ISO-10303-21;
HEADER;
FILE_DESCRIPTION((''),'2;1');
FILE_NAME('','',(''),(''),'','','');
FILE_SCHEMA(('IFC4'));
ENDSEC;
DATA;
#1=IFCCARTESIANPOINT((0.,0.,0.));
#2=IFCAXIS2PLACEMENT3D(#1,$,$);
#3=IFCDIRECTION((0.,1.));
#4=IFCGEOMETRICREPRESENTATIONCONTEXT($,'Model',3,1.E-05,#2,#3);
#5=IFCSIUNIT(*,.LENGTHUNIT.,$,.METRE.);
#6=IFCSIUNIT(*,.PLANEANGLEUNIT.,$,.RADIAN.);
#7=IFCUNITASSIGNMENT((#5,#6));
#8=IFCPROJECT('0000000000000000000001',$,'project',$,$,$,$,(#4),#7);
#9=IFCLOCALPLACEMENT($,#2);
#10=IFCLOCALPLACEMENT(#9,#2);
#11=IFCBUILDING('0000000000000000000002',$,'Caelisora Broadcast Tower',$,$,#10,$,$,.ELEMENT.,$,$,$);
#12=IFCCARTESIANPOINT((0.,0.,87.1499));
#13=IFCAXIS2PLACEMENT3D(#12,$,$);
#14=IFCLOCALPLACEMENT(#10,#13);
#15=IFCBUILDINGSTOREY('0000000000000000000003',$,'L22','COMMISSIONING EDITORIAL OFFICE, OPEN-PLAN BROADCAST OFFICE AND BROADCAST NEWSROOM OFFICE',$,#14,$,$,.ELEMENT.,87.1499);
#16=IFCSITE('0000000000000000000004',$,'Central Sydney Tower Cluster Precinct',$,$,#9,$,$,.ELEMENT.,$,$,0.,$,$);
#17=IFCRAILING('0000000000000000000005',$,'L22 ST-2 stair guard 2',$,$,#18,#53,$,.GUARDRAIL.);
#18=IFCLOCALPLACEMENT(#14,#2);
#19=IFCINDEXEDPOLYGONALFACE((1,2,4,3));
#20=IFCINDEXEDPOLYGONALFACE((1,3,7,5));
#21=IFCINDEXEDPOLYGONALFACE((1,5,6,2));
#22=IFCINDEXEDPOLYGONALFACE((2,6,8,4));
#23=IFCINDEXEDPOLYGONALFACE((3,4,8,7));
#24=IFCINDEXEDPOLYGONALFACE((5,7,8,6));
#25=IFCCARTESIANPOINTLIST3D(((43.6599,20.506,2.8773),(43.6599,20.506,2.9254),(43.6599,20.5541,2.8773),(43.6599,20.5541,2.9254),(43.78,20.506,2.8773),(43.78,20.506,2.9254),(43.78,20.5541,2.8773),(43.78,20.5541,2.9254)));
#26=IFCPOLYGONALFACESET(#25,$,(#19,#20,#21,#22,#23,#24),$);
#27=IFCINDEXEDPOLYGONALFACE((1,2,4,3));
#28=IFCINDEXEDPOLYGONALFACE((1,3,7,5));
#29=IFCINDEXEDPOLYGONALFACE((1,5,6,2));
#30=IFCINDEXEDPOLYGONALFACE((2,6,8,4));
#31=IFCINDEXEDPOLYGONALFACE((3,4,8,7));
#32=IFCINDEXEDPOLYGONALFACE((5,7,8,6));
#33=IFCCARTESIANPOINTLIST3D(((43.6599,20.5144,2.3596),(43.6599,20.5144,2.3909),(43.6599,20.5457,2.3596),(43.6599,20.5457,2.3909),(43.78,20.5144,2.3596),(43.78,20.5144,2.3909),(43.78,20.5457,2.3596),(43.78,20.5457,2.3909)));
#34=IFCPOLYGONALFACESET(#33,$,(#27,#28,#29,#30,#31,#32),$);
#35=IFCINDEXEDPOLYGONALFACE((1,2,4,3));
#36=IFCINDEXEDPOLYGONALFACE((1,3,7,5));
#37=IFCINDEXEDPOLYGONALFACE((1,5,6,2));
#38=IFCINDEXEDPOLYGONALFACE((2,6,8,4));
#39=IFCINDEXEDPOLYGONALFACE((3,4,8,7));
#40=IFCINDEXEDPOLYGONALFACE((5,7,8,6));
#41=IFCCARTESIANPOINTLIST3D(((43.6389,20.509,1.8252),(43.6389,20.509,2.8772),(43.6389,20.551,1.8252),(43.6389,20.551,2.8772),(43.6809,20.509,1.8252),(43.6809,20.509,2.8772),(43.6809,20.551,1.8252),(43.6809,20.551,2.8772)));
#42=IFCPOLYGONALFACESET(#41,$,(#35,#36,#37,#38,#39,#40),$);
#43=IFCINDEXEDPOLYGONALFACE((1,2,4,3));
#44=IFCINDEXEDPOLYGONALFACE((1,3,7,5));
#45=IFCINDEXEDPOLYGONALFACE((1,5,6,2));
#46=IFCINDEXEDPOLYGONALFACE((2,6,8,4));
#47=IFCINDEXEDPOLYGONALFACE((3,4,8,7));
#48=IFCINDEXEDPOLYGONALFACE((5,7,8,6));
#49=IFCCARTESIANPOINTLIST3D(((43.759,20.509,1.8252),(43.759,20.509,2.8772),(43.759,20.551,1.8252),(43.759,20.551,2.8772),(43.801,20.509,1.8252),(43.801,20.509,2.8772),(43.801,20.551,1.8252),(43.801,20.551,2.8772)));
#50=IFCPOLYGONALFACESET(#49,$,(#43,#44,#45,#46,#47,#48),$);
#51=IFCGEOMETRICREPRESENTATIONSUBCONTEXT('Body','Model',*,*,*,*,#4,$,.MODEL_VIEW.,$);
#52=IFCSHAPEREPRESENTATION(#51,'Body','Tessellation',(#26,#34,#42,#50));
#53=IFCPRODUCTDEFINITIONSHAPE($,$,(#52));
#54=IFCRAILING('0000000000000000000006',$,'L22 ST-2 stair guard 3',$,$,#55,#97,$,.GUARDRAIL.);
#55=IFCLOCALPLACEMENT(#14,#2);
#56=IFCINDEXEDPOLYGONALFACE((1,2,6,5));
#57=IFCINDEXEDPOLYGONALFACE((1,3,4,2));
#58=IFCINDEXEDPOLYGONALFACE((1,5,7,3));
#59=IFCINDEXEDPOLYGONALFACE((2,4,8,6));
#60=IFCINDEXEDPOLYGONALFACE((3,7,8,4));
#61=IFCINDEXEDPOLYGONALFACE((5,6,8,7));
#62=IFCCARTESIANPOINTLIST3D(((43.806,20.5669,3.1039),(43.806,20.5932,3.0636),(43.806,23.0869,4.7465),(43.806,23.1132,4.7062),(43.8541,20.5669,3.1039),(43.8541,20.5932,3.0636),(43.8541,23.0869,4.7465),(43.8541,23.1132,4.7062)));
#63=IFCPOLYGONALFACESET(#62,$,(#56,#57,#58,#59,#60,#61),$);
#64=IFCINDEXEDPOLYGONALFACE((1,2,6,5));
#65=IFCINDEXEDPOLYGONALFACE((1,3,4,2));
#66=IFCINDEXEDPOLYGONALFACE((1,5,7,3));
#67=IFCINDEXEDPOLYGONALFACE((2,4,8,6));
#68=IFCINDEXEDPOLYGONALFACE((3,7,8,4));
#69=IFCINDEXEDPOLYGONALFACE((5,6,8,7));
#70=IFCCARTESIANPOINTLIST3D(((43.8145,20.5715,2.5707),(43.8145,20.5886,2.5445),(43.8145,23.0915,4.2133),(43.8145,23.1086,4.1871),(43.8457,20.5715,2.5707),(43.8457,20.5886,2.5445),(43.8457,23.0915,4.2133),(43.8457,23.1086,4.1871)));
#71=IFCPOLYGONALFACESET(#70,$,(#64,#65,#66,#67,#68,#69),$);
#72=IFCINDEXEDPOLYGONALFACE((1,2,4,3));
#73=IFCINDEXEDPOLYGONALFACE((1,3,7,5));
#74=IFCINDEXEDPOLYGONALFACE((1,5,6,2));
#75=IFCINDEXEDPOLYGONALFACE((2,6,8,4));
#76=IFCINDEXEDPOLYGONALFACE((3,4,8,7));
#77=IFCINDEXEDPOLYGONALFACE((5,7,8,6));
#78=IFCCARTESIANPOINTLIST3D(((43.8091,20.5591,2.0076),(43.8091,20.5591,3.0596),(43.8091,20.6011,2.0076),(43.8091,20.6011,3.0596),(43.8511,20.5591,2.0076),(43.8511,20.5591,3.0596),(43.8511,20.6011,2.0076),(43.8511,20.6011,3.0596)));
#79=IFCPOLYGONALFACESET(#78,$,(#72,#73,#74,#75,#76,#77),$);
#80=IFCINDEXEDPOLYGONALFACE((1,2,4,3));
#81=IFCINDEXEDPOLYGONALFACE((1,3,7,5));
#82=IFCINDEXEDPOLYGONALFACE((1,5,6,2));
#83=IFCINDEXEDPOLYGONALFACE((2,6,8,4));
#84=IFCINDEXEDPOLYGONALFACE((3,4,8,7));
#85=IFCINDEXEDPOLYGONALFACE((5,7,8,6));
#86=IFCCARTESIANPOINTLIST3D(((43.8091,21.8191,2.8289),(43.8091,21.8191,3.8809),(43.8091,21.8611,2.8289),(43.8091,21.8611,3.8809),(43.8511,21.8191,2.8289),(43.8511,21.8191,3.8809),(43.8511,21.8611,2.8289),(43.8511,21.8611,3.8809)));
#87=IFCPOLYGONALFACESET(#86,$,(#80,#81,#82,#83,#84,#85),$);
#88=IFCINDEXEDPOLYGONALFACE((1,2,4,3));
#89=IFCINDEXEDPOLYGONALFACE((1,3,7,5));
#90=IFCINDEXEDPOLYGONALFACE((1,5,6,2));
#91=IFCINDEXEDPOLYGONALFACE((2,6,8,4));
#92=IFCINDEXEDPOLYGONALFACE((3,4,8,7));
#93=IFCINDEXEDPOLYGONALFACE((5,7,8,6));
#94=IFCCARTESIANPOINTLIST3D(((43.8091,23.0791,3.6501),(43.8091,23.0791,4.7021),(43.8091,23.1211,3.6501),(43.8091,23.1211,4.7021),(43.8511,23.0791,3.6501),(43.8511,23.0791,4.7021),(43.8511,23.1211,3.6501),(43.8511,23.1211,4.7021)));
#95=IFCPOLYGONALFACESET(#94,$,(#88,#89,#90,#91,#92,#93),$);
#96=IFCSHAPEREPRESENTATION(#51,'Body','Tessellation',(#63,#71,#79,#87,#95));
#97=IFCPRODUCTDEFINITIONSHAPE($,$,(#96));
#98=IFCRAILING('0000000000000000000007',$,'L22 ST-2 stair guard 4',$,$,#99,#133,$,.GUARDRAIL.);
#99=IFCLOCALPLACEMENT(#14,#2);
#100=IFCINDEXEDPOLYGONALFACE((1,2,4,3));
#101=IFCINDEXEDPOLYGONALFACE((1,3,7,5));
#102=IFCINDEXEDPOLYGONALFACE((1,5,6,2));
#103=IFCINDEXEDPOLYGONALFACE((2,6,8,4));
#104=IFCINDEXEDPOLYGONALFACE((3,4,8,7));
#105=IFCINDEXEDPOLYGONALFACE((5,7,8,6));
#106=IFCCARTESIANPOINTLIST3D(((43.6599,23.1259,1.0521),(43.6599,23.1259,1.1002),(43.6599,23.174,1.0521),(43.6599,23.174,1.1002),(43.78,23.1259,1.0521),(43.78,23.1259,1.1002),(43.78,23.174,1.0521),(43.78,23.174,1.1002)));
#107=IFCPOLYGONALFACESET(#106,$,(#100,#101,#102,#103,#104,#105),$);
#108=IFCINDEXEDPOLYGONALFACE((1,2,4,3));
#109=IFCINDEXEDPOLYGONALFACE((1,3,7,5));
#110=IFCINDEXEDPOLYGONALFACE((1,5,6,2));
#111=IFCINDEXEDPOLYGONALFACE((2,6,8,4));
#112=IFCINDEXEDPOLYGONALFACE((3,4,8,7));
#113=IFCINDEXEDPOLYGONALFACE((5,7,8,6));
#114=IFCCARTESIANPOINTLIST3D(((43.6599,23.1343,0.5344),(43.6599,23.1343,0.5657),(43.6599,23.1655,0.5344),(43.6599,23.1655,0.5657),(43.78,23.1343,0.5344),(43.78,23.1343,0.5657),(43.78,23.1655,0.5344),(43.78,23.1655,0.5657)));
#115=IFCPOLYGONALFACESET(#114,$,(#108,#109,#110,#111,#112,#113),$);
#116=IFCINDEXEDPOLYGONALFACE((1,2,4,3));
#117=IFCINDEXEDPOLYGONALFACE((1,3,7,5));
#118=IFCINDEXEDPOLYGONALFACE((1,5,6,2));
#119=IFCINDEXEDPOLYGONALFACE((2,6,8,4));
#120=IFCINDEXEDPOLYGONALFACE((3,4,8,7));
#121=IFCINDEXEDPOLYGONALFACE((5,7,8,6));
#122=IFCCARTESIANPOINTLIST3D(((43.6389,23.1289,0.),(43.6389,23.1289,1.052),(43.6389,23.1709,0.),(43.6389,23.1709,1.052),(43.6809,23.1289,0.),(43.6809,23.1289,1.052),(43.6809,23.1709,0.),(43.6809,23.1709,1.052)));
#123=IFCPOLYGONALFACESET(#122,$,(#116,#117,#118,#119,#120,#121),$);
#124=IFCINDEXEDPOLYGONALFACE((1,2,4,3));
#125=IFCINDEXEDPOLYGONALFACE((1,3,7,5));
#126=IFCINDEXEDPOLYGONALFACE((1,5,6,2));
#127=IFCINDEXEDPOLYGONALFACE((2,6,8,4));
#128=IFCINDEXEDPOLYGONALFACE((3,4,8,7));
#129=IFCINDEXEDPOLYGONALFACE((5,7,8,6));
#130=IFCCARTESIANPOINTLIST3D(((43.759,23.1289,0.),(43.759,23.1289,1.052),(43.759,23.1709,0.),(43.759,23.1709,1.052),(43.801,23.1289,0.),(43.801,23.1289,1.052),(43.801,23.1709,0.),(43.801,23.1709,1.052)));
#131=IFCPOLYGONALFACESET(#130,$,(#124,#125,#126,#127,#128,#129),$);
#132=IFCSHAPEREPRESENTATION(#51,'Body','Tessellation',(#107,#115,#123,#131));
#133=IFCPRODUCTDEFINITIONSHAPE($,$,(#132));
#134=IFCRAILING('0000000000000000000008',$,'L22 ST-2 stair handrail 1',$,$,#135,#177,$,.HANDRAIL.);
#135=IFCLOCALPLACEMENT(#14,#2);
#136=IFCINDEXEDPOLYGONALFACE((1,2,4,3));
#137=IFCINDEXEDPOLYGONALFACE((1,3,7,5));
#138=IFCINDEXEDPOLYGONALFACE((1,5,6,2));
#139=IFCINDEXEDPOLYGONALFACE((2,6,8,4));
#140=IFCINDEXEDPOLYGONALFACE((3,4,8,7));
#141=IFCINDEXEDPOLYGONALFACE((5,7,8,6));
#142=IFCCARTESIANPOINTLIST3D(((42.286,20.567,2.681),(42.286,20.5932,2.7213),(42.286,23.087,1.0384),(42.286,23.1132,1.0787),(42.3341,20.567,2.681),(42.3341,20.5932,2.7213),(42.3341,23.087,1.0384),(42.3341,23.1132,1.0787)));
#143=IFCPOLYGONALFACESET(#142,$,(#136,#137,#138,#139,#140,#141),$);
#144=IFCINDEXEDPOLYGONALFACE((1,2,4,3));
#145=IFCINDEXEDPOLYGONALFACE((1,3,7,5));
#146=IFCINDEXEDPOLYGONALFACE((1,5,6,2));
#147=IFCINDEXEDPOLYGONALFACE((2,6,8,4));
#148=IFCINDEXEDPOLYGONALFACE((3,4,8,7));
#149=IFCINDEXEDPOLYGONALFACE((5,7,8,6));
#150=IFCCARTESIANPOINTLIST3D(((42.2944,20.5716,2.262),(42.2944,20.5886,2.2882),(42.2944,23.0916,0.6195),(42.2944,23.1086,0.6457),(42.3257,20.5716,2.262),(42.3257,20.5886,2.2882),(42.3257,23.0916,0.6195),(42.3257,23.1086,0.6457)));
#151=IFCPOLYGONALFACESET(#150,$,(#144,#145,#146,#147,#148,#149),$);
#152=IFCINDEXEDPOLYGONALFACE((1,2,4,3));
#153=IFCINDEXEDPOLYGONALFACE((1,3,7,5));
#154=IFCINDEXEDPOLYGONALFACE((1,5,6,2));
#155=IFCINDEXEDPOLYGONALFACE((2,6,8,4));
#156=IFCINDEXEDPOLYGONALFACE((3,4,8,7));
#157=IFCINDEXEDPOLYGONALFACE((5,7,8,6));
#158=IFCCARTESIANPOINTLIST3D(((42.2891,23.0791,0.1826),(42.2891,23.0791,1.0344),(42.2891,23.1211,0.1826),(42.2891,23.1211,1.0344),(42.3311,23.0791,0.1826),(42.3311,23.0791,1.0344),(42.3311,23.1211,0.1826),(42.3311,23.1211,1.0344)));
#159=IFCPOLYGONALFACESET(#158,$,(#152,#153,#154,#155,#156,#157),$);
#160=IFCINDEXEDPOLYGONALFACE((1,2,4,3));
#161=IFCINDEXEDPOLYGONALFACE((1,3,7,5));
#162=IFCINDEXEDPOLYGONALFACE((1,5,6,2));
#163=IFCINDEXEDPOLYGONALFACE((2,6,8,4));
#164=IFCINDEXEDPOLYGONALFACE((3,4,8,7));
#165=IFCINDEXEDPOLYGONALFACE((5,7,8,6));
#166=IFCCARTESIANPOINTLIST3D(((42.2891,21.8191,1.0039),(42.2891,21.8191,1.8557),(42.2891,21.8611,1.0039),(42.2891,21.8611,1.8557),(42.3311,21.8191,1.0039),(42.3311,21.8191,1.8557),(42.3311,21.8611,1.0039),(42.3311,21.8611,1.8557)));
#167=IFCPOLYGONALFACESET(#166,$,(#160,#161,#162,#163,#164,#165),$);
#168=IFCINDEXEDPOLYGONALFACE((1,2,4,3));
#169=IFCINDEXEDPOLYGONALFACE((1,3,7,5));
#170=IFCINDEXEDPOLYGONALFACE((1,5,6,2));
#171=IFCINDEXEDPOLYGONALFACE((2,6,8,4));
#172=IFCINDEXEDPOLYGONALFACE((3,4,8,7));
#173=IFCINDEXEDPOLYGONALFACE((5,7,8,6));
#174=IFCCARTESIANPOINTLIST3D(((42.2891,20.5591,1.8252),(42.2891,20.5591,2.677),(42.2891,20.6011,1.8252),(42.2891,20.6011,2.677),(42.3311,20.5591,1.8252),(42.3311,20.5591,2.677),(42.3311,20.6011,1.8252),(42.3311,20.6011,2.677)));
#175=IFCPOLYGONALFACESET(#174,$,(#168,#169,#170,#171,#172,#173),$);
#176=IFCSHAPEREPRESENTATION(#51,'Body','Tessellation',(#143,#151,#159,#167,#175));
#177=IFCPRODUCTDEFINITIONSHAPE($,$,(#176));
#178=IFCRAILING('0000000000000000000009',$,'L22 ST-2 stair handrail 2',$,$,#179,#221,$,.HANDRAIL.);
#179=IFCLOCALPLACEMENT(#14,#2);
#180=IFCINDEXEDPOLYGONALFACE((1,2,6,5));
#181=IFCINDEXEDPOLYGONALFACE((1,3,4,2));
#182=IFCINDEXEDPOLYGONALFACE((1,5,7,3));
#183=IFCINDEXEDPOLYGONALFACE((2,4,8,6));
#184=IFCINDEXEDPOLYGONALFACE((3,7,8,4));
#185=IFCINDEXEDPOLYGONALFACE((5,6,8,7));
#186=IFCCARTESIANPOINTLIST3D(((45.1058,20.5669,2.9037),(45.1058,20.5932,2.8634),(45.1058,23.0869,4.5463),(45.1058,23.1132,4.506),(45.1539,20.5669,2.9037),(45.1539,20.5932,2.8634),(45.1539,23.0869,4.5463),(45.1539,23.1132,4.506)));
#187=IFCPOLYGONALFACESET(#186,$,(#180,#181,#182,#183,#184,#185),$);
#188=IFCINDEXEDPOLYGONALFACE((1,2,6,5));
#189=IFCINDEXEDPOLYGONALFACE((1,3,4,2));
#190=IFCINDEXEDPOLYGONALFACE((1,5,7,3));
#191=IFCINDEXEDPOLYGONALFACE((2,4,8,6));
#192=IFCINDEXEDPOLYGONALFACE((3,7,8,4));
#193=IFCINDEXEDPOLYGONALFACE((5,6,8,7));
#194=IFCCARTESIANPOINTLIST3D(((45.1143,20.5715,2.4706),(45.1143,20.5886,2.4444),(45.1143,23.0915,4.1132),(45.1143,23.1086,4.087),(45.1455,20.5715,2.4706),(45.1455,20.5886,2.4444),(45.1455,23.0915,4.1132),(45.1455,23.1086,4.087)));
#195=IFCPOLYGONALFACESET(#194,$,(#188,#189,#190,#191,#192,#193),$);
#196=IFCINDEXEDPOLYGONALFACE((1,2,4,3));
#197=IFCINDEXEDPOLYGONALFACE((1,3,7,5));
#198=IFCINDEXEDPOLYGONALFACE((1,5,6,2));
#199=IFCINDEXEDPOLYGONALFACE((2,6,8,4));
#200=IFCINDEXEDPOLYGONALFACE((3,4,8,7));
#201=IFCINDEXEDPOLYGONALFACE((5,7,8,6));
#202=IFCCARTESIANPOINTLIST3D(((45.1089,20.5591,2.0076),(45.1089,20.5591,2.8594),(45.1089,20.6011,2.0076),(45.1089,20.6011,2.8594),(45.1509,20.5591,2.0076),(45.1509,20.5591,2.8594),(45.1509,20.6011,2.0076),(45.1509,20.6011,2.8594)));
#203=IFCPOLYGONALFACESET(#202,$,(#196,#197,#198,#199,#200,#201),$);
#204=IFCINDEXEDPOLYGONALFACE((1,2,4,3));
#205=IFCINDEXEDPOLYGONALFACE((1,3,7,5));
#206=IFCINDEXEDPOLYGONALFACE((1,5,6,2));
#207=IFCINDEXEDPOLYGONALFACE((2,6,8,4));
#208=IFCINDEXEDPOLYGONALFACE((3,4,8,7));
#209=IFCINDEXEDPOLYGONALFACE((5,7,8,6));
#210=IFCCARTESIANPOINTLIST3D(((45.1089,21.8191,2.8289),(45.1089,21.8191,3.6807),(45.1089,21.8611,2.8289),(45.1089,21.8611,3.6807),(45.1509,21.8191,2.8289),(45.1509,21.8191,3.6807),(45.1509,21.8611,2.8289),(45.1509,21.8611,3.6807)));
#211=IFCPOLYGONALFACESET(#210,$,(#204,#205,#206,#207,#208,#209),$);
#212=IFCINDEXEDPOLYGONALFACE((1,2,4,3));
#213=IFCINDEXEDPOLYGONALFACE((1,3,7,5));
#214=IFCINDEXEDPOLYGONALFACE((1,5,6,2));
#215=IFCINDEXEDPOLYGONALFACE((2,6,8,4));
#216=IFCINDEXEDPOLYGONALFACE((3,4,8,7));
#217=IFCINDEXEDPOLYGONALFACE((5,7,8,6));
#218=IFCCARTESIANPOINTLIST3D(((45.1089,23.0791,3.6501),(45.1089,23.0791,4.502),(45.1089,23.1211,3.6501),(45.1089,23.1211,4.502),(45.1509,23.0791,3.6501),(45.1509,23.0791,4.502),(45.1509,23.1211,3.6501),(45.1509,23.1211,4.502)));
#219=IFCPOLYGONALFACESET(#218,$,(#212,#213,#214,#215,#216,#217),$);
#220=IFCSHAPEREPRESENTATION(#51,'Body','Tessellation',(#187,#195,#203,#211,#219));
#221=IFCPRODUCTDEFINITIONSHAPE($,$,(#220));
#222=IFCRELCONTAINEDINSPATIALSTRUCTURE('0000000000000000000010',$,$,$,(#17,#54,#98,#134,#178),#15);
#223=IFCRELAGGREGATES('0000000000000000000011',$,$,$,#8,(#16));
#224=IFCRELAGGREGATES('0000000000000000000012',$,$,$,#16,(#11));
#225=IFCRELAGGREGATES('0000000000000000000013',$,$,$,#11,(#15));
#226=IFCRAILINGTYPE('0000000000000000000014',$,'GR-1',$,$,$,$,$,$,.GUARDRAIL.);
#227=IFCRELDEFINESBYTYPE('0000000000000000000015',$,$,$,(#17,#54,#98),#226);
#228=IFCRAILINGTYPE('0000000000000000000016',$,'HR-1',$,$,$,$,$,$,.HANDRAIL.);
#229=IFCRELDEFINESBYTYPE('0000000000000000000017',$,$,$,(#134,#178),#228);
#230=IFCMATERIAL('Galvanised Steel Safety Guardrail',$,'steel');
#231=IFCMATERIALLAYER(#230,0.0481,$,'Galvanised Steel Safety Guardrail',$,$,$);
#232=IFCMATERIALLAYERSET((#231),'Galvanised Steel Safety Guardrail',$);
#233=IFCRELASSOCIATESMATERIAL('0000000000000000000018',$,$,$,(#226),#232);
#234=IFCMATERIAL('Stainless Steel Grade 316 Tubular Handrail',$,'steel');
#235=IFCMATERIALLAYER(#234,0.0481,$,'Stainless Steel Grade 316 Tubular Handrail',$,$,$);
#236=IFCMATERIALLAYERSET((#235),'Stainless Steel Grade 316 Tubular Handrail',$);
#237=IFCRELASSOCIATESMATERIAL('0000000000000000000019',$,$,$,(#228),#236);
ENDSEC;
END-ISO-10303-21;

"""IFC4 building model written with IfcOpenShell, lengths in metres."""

from ifc_helpers import new_model, si_unit, direction, frame, origin, origin_2d, place, context, subcontext, project, spatial, rectangle, extrude, material, layer, layer_set, type_object, element, save


model = new_model("IFC4")

# Units and contexts
model_context = context("Model", 3, precision=1e-05, world=origin(), true_north=direction((0.0, 1.0)))
body_context = subcontext(model_context, "Body", "Model", "MODEL_VIEW")
ifc_project = project(units=[si_unit("LENGTHUNIT", "METRE"), si_unit("PLANEANGLEUNIT", "RADIAN")], contexts=[model_context])

# Site, building, storey
site_placement = place(None, origin())
site = spatial("IfcSite", under=ifc_project, at=site_placement, Name="Central Sydney Tower Cluster Precinct", CompositionType="ELEMENT", RefElevation=0.0)
building_placement = place(site_placement, origin())
building = spatial("IfcBuilding", under=site, at=building_placement, Name="Caelisora Broadcast Tower", CompositionType="ELEMENT")
storey_placement = place(building_placement, frame((0.0, 0.0, 87.1499)))
storey = spatial("IfcBuildingStorey", under=building, at=storey_placement, Name="L22", Description="COMMISSIONING EDITORIAL OFFICE, OPEN-PLAN BROADCAST OFFICE AND BROADCAST NEWSROOM OFFICE", CompositionType="ELEMENT", Elevation=87.1499)

# Railings
ifc_material_1 = material(Name="Galvanised Steel Safety Guardrail", Category="steel")
ifc_layer_1 = layer(ifc_material_1, 0.0481, Name="Galvanised Steel Safety Guardrail")
ifc_layer_set_1 = layer_set([ifc_layer_1], Name="Galvanised Steel Safety Guardrail")
railing_type_1 = type_object("IfcRailingType", Name="GR-1", PredefinedType="GUARDRAIL", material=ifc_layer_set_1)
railing_1_placement = place(storey_placement, frame((43.6599, 20.53, 1.8252)))
element("IfcRailing", 1, at=railing_1_placement, inside=storey, type_object=railing_type_1, Name="L22 ST-2 stair guard 2", PredefinedType="GUARDRAIL", context=body_context, shape_type="SweptSolid", body=[
    extrude(rectangle(XDim=0.0481, YDim=0.0481, at=origin_2d()), frame((0.0, 0.0, 1.0762), z_axis=(1.0, 0.0, 0.0), x_axis=(0.0, 1.0, 0.0)), (0.0, 0.0, 1.0), 0.1201),
    extrude(rectangle(XDim=0.0312, YDim=0.0312, at=origin_2d()), frame((0.0, 0.0, 0.55), z_axis=(1.0, 0.0, 0.0), x_axis=(0.0, 1.0, 0.0)), (0.0, 0.0, 1.0), 0.1201),
    extrude(rectangle(XDim=0.042, YDim=0.042, at=origin_2d()), origin(), (0.0, 0.0, 1.0), 1.052),
    extrude(rectangle(XDim=0.042, YDim=0.042, at=origin_2d()), frame((0.1201, 0.0, 0.0)), (0.0, 0.0, 1.0), 1.052),
])
railing_2_placement = place(storey_placement, frame((43.8301, 20.5801, 2.0076)))
element("IfcRailing", 2, at=railing_2_placement, inside=storey, type_object=railing_type_1, Name="L22 ST-2 stair guard 3", PredefinedType="GUARDRAIL", context=body_context, shape_type="SweptSolid", body=[
    extrude(rectangle(XDim=0.0481, YDim=0.0481, at=origin_2d()), frame((0.0, 0.0, 1.0762), z_axis=(0.0, 0.837749, 0.546055), x_axis=(-1.0, 0.0, 0.0)), (0.0, 0.0, 1.0), 3.0081),
    extrude(rectangle(XDim=0.0312, YDim=0.0312, at=origin_2d()), frame((0.0, 0.0, 0.55), z_axis=(0.0, 0.837749, 0.546055), x_axis=(-1.0, 0.0, 0.0)), (0.0, 0.0, 1.0), 3.0081),
    extrude(rectangle(XDim=0.042, YDim=0.042, at=origin_2d()), origin(), (0.0, 0.0, 1.0), 1.052),
    extrude(rectangle(XDim=0.042, YDim=0.042, at=origin_2d()), frame((0.0, 1.26, 0.8213)), (0.0, 0.0, 1.0), 1.052),
    extrude(rectangle(XDim=0.042, YDim=0.042, at=origin_2d()), frame((0.0, 2.52, 1.6426)), (0.0, 0.0, 1.0), 1.052),
])
railing_3_placement = place(storey_placement, frame((43.6599, 23.1499, 0.0)))
element("IfcRailing", 3, at=railing_3_placement, inside=storey, type_object=railing_type_1, Name="L22 ST-2 stair guard 4", PredefinedType="GUARDRAIL", context=body_context, shape_type="SweptSolid", body=[
    extrude(rectangle(XDim=0.0481, YDim=0.0481, at=origin_2d()), frame((0.0, 0.0, 1.0762), z_axis=(1.0, 0.0, 0.0), x_axis=(0.0, 1.0, 0.0)), (0.0, 0.0, 1.0), 0.1201),
    extrude(rectangle(XDim=0.0312, YDim=0.0312, at=origin_2d()), frame((0.0, 0.0, 0.55), z_axis=(1.0, 0.0, 0.0), x_axis=(0.0, 1.0, 0.0)), (0.0, 0.0, 1.0), 0.1201),
    extrude(rectangle(XDim=0.042, YDim=0.042, at=origin_2d()), origin(), (0.0, 0.0, 1.0), 1.052),
    extrude(rectangle(XDim=0.042, YDim=0.042, at=origin_2d()), frame((0.1201, 0.0, 0.0)), (0.0, 0.0, 1.0), 1.052),
])
ifc_material_2 = material(Name="Stainless Steel Grade 316 Tubular Handrail", Category="steel")
ifc_layer_2 = layer(ifc_material_2, 0.0481, Name="Stainless Steel Grade 316 Tubular Handrail")
ifc_layer_set_2 = layer_set([ifc_layer_2], Name="Stainless Steel Grade 316 Tubular Handrail")
railing_type_2 = type_object("IfcRailingType", Name="HR-1", PredefinedType="HANDRAIL", material=ifc_layer_set_2)
railing_4_placement = place(storey_placement, frame((42.3101, 23.1001, 0.1826)))
element("IfcRailing", 4, at=railing_4_placement, inside=storey, type_object=railing_type_2, Name="L22 ST-2 stair handrail 1", PredefinedType="HANDRAIL", context=body_context, shape_type="SweptSolid", body=[
    extrude(rectangle(XDim=0.0481, YDim=0.0481, at=origin_2d()), frame((0.0, 0.0, 0.876), z_axis=(0.0, -0.837749, 0.546055), x_axis=(1.0, 0.0, 0.0)), (0.0, 0.0, 1.0), 3.0081),
    extrude(rectangle(XDim=0.0312, YDim=0.0312, at=origin_2d()), frame((0.0, 0.0, 0.45), z_axis=(0.0, -0.837749, 0.546055), x_axis=(1.0, 0.0, 0.0)), (0.0, 0.0, 1.0), 3.0081),
    extrude(rectangle(XDim=0.042, YDim=0.042, at=origin_2d()), origin(), (0.0, 0.0, 1.0), 0.8518),
    extrude(rectangle(XDim=0.042, YDim=0.042, at=origin_2d()), frame((0.0, -1.26, 0.8213)), (0.0, 0.0, 1.0), 0.8518),
    extrude(rectangle(XDim=0.042, YDim=0.042, at=origin_2d()), frame((0.0, -2.52, 1.6426)), (0.0, 0.0, 1.0), 0.8518),
])
railing_5_placement = place(storey_placement, frame((45.1299, 20.5801, 2.0076)))
element("IfcRailing", 5, at=railing_5_placement, inside=storey, type_object=railing_type_2, Name="L22 ST-2 stair handrail 2", PredefinedType="HANDRAIL", context=body_context, shape_type="SweptSolid", body=[
    extrude(rectangle(XDim=0.0481, YDim=0.0481, at=origin_2d()), frame((0.0, 0.0, 0.876), z_axis=(0.0, 0.837749, 0.546055), x_axis=(-1.0, 0.0, 0.0)), (0.0, 0.0, 1.0), 3.0081),
    extrude(rectangle(XDim=0.0312, YDim=0.0312, at=origin_2d()), frame((0.0, 0.0, 0.45), z_axis=(0.0, 0.837749, 0.546055), x_axis=(-1.0, 0.0, 0.0)), (0.0, 0.0, 1.0), 3.0081),
    extrude(rectangle(XDim=0.042, YDim=0.042, at=origin_2d()), origin(), (0.0, 0.0, 1.0), 0.8518),
    extrude(rectangle(XDim=0.042, YDim=0.042, at=origin_2d()), frame((0.0, 1.26, 0.8213)), (0.0, 0.0, 1.0), 0.8518),
    extrude(rectangle(XDim=0.042, YDim=0.042, at=origin_2d()), frame((0.0, 2.52, 1.6426)), (0.0, 0.0, 1.0), 0.8518),
])

save(model, "model.ifc")
